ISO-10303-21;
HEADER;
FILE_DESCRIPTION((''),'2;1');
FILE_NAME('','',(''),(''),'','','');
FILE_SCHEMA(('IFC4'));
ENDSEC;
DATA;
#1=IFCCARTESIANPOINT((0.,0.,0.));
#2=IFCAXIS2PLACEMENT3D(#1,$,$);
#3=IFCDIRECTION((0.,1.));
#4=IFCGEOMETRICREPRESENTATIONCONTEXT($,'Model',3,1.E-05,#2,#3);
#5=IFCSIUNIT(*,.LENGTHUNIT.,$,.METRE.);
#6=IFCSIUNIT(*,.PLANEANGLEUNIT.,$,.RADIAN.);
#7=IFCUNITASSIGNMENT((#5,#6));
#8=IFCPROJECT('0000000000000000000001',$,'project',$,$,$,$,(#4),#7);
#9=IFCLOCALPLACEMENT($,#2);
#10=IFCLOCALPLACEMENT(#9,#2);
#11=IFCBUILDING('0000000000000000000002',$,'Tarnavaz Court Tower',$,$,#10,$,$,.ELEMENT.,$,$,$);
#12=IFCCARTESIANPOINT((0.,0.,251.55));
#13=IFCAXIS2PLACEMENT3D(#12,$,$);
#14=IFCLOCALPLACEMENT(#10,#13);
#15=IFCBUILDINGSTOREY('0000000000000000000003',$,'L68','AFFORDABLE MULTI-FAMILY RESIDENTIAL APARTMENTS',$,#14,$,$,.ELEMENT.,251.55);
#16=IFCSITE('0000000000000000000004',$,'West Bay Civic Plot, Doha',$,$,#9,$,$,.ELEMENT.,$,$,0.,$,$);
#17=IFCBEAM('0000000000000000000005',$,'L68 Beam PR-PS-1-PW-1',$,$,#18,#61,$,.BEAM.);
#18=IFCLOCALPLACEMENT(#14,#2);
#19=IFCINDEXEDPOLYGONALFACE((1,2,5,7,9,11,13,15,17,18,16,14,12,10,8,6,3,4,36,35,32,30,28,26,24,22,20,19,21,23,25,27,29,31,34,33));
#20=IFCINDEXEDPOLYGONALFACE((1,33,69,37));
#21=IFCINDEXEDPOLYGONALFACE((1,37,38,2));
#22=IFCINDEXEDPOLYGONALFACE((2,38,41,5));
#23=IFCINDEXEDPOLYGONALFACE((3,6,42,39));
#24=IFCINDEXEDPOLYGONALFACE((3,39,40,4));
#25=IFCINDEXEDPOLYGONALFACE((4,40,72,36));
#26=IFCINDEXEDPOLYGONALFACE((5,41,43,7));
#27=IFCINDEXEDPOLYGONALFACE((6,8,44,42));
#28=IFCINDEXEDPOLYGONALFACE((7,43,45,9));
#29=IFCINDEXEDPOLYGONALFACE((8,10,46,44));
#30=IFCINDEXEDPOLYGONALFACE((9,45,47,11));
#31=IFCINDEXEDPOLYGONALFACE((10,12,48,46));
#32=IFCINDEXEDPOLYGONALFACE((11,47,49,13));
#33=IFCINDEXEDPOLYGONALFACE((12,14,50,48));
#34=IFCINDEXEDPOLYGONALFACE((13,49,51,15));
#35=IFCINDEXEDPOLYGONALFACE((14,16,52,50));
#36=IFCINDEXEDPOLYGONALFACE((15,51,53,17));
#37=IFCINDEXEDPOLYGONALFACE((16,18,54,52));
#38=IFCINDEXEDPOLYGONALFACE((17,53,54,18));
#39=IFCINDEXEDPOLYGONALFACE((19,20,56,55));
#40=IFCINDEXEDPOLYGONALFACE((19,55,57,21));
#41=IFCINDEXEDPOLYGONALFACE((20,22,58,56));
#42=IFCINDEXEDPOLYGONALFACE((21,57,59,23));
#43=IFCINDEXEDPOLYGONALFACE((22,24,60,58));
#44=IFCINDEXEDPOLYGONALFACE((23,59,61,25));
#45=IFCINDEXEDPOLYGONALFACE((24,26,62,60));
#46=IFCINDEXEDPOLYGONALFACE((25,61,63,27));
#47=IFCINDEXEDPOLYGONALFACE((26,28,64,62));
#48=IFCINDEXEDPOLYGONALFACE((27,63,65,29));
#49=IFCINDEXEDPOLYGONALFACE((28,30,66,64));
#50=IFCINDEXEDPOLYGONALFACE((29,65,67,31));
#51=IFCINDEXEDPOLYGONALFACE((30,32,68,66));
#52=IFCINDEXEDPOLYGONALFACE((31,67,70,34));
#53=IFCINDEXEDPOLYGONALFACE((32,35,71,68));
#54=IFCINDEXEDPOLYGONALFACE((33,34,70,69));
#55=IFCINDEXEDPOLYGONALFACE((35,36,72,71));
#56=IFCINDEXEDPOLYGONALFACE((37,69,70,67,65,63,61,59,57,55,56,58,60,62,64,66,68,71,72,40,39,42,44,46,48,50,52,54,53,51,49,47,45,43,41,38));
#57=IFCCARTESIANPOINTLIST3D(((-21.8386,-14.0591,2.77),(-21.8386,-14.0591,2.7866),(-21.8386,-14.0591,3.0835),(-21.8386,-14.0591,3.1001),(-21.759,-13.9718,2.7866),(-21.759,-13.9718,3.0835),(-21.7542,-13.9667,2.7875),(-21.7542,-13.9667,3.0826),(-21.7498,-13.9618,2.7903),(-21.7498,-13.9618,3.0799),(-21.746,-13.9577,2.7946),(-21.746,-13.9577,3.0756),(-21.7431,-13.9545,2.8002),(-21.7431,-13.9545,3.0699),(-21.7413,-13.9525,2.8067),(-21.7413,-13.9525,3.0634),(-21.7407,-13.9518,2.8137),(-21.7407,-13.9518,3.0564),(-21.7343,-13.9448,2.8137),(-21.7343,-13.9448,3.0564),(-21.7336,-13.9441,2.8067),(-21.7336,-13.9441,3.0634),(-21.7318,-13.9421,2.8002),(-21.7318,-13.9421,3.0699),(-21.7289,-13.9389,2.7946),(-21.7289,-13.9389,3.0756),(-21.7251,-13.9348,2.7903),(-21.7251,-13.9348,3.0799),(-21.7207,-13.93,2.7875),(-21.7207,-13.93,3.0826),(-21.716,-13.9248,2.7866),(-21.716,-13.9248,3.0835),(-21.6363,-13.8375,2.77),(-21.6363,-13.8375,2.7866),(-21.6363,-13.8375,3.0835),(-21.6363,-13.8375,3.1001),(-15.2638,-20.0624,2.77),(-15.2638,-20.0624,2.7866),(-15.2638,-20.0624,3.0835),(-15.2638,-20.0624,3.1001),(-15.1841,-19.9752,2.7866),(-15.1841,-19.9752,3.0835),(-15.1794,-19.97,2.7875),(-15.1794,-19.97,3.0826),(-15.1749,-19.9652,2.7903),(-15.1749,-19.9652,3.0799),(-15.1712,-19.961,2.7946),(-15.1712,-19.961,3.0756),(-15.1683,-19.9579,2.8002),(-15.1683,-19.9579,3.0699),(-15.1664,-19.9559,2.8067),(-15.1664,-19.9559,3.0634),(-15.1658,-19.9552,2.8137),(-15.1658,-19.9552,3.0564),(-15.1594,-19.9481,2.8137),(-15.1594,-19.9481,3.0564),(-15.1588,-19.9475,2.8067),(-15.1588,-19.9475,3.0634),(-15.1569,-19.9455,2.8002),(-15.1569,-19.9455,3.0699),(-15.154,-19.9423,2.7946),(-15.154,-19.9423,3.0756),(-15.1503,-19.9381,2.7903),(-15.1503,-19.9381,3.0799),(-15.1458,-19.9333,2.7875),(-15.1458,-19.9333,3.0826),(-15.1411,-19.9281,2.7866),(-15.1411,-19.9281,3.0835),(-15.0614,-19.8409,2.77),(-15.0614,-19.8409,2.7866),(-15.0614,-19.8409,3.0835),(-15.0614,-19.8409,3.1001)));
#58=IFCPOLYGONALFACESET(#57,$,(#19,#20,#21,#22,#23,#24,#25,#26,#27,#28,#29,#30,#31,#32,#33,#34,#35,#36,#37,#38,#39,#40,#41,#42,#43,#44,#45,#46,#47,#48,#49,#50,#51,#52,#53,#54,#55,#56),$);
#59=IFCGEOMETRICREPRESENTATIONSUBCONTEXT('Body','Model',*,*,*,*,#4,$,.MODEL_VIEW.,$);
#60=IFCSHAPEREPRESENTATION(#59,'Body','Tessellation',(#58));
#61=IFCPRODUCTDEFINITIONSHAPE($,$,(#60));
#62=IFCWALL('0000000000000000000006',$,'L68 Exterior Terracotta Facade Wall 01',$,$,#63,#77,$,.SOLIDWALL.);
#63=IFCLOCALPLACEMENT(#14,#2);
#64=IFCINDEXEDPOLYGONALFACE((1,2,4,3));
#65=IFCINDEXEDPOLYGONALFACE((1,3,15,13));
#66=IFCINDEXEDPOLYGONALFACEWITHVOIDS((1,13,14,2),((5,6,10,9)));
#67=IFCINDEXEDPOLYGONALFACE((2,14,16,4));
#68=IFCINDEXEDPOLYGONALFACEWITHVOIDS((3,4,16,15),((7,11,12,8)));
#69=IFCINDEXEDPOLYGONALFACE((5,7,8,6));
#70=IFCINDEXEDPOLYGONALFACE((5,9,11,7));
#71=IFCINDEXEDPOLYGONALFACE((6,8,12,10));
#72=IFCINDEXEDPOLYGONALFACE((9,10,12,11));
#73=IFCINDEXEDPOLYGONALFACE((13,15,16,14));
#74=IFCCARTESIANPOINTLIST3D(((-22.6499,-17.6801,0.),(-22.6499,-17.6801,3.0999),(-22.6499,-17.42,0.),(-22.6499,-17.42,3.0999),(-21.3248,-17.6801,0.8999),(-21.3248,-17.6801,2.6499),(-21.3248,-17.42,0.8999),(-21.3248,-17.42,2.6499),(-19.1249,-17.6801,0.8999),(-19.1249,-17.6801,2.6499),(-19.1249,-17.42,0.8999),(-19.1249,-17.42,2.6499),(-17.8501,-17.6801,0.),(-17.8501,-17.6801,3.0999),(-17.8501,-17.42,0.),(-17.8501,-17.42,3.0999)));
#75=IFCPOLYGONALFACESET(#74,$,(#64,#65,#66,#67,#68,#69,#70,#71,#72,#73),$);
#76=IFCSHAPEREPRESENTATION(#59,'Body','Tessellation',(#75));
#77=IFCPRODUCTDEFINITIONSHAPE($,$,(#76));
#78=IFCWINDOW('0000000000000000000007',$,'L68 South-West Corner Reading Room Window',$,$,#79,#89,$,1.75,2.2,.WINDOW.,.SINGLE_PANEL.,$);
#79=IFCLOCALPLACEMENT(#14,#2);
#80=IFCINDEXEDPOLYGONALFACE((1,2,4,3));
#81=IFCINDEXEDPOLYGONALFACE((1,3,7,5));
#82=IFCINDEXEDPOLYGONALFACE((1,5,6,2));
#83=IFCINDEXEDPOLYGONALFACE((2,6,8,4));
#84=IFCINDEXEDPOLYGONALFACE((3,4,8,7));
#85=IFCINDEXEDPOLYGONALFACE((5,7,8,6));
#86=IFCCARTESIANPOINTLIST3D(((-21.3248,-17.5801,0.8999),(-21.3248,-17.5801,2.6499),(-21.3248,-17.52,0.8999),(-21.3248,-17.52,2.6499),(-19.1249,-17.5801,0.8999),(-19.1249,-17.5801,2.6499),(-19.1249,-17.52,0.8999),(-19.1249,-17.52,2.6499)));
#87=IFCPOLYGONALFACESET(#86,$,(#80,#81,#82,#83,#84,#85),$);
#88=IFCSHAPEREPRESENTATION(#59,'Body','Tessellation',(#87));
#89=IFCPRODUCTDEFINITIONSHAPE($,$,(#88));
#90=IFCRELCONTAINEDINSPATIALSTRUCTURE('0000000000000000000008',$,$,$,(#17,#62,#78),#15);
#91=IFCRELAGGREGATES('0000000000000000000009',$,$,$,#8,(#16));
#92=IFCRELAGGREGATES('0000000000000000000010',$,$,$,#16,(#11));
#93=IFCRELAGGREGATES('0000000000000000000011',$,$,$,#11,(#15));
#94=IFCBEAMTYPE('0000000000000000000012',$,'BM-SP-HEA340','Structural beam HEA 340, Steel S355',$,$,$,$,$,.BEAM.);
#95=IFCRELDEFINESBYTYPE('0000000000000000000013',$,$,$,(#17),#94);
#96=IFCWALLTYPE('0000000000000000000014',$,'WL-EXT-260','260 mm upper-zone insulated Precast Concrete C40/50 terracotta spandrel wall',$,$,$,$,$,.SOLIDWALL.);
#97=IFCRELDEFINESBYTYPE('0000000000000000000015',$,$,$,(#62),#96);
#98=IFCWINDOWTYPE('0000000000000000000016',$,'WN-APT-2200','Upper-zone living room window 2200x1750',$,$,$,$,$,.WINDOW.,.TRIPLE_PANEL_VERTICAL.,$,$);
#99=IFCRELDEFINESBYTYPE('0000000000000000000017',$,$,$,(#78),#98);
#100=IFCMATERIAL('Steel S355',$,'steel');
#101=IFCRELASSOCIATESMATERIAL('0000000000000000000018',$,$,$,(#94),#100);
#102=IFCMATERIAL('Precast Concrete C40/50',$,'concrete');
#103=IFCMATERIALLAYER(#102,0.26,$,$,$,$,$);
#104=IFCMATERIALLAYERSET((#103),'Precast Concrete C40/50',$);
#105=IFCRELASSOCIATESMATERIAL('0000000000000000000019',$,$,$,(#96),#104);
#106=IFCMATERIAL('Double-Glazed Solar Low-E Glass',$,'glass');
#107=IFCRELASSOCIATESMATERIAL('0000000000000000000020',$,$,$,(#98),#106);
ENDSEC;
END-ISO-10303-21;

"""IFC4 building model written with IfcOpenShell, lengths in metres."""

from ifc_helpers import new_model, si_unit, direction, frame, frame_2d, origin, origin_2d, place, context, subcontext, project, spatial, rectangle, i_section, extrude, material, layer, layer_set, material_profile, profile_set, type_object, element, fill, save


model = new_model("IFC4")

# Units and contexts
model_context = context("Model", 3, precision=1e-05, world=origin(), true_north=direction((0.0, 1.0)))
body_context = subcontext(model_context, "Body", "Model", "MODEL_VIEW")
ifc_project = project(units=[si_unit("LENGTHUNIT", "METRE"), si_unit("PLANEANGLEUNIT", "RADIAN")], contexts=[model_context])

# Site, building, storey
site_placement = place(None, origin())
site = spatial("IfcSite", under=ifc_project, at=site_placement, Name="West Bay Civic Plot, Doha", CompositionType="ELEMENT", RefElevation=0.0)
building_placement = place(site_placement, origin())
building = spatial("IfcBuilding", under=site, at=building_placement, Name="Tarnavaz Court Tower", CompositionType="ELEMENT")
storey_placement = place(building_placement, frame((0.0, 0.0, 251.55)))
storey = spatial("IfcBuildingStorey", under=building, at=storey_placement, Name="L68", Description="AFFORDABLE MULTI-FAMILY RESIDENTIAL APARTMENTS", CompositionType="ELEMENT", Elevation=251.55)

# Beam
ifc_material_1 = material(Name="Steel S355", Category="steel")
ifc_material_profile_1 = material_profile(ifc_material_1, i_section(OverallWidth=0.3, OverallDepth=0.3301, WebThickness=0.0095, FlangeThickness=0.0166, FilletRadius=0.0271, at=origin_2d()), Name="HEA 340")
ifc_profile_set_1 = profile_set([ifc_material_profile_1], Name="Steel S355")
beam_type_1 = type_object("IfcBeamType", Name="BM-SP-HEA340", Description="Structural beam HEA 340, Steel S355", PredefinedType="BEAM", material=ifc_profile_set_1)
beam_1_placement = place(storey_placement, frame((-15.1626, -19.9517, 2.9351), z_axis=(-0.738474, 0.674282, 0.0), x_axis=(-0.674282, -0.738474, 0.0)))
element("IfcBeam", 1, at=beam_1_placement, inside=storey, type_object=beam_type_1, Name="L68 Beam PR-PS-1-PW-1", PredefinedType="BEAM", context=body_context, shape_type="SweptSolid", body=[
    extrude(i_section(OverallWidth=0.3, OverallDepth=0.3301, WebThickness=0.0095, FlangeThickness=0.0166, FilletRadius=0.0271, at=origin_2d()), origin(), (0.0, 0.0, 1.0), 8.9033),
])

# Wall, opening, window
ifc_material_2 = material(Name="Precast Concrete C40/50", Category="concrete")
ifc_layer_1 = layer(ifc_material_2, 0.26)
ifc_layer_set_1 = layer_set([ifc_layer_1], Name="Precast Concrete C40/50")
wall_type_1 = type_object("IfcWallType", Name="WL-EXT-260", Description="260 mm upper-zone insulated Precast Concrete C40/50 terracotta spandrel wall", PredefinedType="SOLIDWALL", material=ifc_layer_set_1)
wall_1_placement = place(storey_placement, frame((-17.8501, -17.55, 0.0), z_axis=(0.0, 0.0, 1.0), x_axis=(-1.0, 0.0, 0.0)))
wall_1 = element("IfcWall", 2, at=wall_1_placement, inside=storey, type_object=wall_type_1, Name="L68 Exterior Terracotta Facade Wall 01", PredefinedType="SOLIDWALL", context=body_context, shape_type="SweptSolid", body=[
    extrude(rectangle(XDim=4.7998, YDim=0.26, at=frame_2d((2.3999, 0.0))), origin(), (0.0, 0.0, 1.0), 3.0999),
])
opening_1_placement = place(wall_1_placement, frame((1.2747, 0.0, 0.8999)))
opening_1 = element("IfcOpeningElement", 3, at=opening_1_placement, cuts=wall_1, PredefinedType="OPENING", context=body_context, shape_type="SweptSolid", body=[
    extrude(rectangle(XDim=2.2, YDim=1.75, at=frame_2d((1.1001, 0.875))), frame((0.0, 0.1399, 0.0), z_axis=(0.0, -1.0, 0.0), x_axis=(1.0, 0.0, 0.0)), (0.0, 0.0, 1.0), 0.28),
])
ifc_material_3 = material(Name="Double-Glazed Solar Low-E Glass", Category="glass")
window_type_1 = type_object("IfcWindowType", Name="WN-APT-2200", Description="Upper-zone living room window 2200x1750", PartitioningType="TRIPLE_PANEL_VERTICAL", PredefinedType="WINDOW", material=ifc_material_3)
window_1_placement = place(opening_1_placement, origin())
window_1 = element("IfcWindow", 4, at=window_1_placement, inside=storey, type_object=window_type_1, Name="L68 South-West Corner Reading Room Window", OverallHeight=1.75, OverallWidth=2.2, PartitioningType="SINGLE_PANEL", PredefinedType="WINDOW", context=body_context, shape_type="SweptSolid", body=[
    extrude(rectangle(XDim=2.2, YDim=1.75, at=frame_2d((1.1001, 0.875))), frame((0.0, 0.03, 0.0), z_axis=(0.0, -1.0, 0.0), x_axis=(1.0, 0.0, 0.0)), (0.0, 0.0, 1.0), 0.0601),
])
fill(opening_1, window_1)

save(model, "model.ifc")
